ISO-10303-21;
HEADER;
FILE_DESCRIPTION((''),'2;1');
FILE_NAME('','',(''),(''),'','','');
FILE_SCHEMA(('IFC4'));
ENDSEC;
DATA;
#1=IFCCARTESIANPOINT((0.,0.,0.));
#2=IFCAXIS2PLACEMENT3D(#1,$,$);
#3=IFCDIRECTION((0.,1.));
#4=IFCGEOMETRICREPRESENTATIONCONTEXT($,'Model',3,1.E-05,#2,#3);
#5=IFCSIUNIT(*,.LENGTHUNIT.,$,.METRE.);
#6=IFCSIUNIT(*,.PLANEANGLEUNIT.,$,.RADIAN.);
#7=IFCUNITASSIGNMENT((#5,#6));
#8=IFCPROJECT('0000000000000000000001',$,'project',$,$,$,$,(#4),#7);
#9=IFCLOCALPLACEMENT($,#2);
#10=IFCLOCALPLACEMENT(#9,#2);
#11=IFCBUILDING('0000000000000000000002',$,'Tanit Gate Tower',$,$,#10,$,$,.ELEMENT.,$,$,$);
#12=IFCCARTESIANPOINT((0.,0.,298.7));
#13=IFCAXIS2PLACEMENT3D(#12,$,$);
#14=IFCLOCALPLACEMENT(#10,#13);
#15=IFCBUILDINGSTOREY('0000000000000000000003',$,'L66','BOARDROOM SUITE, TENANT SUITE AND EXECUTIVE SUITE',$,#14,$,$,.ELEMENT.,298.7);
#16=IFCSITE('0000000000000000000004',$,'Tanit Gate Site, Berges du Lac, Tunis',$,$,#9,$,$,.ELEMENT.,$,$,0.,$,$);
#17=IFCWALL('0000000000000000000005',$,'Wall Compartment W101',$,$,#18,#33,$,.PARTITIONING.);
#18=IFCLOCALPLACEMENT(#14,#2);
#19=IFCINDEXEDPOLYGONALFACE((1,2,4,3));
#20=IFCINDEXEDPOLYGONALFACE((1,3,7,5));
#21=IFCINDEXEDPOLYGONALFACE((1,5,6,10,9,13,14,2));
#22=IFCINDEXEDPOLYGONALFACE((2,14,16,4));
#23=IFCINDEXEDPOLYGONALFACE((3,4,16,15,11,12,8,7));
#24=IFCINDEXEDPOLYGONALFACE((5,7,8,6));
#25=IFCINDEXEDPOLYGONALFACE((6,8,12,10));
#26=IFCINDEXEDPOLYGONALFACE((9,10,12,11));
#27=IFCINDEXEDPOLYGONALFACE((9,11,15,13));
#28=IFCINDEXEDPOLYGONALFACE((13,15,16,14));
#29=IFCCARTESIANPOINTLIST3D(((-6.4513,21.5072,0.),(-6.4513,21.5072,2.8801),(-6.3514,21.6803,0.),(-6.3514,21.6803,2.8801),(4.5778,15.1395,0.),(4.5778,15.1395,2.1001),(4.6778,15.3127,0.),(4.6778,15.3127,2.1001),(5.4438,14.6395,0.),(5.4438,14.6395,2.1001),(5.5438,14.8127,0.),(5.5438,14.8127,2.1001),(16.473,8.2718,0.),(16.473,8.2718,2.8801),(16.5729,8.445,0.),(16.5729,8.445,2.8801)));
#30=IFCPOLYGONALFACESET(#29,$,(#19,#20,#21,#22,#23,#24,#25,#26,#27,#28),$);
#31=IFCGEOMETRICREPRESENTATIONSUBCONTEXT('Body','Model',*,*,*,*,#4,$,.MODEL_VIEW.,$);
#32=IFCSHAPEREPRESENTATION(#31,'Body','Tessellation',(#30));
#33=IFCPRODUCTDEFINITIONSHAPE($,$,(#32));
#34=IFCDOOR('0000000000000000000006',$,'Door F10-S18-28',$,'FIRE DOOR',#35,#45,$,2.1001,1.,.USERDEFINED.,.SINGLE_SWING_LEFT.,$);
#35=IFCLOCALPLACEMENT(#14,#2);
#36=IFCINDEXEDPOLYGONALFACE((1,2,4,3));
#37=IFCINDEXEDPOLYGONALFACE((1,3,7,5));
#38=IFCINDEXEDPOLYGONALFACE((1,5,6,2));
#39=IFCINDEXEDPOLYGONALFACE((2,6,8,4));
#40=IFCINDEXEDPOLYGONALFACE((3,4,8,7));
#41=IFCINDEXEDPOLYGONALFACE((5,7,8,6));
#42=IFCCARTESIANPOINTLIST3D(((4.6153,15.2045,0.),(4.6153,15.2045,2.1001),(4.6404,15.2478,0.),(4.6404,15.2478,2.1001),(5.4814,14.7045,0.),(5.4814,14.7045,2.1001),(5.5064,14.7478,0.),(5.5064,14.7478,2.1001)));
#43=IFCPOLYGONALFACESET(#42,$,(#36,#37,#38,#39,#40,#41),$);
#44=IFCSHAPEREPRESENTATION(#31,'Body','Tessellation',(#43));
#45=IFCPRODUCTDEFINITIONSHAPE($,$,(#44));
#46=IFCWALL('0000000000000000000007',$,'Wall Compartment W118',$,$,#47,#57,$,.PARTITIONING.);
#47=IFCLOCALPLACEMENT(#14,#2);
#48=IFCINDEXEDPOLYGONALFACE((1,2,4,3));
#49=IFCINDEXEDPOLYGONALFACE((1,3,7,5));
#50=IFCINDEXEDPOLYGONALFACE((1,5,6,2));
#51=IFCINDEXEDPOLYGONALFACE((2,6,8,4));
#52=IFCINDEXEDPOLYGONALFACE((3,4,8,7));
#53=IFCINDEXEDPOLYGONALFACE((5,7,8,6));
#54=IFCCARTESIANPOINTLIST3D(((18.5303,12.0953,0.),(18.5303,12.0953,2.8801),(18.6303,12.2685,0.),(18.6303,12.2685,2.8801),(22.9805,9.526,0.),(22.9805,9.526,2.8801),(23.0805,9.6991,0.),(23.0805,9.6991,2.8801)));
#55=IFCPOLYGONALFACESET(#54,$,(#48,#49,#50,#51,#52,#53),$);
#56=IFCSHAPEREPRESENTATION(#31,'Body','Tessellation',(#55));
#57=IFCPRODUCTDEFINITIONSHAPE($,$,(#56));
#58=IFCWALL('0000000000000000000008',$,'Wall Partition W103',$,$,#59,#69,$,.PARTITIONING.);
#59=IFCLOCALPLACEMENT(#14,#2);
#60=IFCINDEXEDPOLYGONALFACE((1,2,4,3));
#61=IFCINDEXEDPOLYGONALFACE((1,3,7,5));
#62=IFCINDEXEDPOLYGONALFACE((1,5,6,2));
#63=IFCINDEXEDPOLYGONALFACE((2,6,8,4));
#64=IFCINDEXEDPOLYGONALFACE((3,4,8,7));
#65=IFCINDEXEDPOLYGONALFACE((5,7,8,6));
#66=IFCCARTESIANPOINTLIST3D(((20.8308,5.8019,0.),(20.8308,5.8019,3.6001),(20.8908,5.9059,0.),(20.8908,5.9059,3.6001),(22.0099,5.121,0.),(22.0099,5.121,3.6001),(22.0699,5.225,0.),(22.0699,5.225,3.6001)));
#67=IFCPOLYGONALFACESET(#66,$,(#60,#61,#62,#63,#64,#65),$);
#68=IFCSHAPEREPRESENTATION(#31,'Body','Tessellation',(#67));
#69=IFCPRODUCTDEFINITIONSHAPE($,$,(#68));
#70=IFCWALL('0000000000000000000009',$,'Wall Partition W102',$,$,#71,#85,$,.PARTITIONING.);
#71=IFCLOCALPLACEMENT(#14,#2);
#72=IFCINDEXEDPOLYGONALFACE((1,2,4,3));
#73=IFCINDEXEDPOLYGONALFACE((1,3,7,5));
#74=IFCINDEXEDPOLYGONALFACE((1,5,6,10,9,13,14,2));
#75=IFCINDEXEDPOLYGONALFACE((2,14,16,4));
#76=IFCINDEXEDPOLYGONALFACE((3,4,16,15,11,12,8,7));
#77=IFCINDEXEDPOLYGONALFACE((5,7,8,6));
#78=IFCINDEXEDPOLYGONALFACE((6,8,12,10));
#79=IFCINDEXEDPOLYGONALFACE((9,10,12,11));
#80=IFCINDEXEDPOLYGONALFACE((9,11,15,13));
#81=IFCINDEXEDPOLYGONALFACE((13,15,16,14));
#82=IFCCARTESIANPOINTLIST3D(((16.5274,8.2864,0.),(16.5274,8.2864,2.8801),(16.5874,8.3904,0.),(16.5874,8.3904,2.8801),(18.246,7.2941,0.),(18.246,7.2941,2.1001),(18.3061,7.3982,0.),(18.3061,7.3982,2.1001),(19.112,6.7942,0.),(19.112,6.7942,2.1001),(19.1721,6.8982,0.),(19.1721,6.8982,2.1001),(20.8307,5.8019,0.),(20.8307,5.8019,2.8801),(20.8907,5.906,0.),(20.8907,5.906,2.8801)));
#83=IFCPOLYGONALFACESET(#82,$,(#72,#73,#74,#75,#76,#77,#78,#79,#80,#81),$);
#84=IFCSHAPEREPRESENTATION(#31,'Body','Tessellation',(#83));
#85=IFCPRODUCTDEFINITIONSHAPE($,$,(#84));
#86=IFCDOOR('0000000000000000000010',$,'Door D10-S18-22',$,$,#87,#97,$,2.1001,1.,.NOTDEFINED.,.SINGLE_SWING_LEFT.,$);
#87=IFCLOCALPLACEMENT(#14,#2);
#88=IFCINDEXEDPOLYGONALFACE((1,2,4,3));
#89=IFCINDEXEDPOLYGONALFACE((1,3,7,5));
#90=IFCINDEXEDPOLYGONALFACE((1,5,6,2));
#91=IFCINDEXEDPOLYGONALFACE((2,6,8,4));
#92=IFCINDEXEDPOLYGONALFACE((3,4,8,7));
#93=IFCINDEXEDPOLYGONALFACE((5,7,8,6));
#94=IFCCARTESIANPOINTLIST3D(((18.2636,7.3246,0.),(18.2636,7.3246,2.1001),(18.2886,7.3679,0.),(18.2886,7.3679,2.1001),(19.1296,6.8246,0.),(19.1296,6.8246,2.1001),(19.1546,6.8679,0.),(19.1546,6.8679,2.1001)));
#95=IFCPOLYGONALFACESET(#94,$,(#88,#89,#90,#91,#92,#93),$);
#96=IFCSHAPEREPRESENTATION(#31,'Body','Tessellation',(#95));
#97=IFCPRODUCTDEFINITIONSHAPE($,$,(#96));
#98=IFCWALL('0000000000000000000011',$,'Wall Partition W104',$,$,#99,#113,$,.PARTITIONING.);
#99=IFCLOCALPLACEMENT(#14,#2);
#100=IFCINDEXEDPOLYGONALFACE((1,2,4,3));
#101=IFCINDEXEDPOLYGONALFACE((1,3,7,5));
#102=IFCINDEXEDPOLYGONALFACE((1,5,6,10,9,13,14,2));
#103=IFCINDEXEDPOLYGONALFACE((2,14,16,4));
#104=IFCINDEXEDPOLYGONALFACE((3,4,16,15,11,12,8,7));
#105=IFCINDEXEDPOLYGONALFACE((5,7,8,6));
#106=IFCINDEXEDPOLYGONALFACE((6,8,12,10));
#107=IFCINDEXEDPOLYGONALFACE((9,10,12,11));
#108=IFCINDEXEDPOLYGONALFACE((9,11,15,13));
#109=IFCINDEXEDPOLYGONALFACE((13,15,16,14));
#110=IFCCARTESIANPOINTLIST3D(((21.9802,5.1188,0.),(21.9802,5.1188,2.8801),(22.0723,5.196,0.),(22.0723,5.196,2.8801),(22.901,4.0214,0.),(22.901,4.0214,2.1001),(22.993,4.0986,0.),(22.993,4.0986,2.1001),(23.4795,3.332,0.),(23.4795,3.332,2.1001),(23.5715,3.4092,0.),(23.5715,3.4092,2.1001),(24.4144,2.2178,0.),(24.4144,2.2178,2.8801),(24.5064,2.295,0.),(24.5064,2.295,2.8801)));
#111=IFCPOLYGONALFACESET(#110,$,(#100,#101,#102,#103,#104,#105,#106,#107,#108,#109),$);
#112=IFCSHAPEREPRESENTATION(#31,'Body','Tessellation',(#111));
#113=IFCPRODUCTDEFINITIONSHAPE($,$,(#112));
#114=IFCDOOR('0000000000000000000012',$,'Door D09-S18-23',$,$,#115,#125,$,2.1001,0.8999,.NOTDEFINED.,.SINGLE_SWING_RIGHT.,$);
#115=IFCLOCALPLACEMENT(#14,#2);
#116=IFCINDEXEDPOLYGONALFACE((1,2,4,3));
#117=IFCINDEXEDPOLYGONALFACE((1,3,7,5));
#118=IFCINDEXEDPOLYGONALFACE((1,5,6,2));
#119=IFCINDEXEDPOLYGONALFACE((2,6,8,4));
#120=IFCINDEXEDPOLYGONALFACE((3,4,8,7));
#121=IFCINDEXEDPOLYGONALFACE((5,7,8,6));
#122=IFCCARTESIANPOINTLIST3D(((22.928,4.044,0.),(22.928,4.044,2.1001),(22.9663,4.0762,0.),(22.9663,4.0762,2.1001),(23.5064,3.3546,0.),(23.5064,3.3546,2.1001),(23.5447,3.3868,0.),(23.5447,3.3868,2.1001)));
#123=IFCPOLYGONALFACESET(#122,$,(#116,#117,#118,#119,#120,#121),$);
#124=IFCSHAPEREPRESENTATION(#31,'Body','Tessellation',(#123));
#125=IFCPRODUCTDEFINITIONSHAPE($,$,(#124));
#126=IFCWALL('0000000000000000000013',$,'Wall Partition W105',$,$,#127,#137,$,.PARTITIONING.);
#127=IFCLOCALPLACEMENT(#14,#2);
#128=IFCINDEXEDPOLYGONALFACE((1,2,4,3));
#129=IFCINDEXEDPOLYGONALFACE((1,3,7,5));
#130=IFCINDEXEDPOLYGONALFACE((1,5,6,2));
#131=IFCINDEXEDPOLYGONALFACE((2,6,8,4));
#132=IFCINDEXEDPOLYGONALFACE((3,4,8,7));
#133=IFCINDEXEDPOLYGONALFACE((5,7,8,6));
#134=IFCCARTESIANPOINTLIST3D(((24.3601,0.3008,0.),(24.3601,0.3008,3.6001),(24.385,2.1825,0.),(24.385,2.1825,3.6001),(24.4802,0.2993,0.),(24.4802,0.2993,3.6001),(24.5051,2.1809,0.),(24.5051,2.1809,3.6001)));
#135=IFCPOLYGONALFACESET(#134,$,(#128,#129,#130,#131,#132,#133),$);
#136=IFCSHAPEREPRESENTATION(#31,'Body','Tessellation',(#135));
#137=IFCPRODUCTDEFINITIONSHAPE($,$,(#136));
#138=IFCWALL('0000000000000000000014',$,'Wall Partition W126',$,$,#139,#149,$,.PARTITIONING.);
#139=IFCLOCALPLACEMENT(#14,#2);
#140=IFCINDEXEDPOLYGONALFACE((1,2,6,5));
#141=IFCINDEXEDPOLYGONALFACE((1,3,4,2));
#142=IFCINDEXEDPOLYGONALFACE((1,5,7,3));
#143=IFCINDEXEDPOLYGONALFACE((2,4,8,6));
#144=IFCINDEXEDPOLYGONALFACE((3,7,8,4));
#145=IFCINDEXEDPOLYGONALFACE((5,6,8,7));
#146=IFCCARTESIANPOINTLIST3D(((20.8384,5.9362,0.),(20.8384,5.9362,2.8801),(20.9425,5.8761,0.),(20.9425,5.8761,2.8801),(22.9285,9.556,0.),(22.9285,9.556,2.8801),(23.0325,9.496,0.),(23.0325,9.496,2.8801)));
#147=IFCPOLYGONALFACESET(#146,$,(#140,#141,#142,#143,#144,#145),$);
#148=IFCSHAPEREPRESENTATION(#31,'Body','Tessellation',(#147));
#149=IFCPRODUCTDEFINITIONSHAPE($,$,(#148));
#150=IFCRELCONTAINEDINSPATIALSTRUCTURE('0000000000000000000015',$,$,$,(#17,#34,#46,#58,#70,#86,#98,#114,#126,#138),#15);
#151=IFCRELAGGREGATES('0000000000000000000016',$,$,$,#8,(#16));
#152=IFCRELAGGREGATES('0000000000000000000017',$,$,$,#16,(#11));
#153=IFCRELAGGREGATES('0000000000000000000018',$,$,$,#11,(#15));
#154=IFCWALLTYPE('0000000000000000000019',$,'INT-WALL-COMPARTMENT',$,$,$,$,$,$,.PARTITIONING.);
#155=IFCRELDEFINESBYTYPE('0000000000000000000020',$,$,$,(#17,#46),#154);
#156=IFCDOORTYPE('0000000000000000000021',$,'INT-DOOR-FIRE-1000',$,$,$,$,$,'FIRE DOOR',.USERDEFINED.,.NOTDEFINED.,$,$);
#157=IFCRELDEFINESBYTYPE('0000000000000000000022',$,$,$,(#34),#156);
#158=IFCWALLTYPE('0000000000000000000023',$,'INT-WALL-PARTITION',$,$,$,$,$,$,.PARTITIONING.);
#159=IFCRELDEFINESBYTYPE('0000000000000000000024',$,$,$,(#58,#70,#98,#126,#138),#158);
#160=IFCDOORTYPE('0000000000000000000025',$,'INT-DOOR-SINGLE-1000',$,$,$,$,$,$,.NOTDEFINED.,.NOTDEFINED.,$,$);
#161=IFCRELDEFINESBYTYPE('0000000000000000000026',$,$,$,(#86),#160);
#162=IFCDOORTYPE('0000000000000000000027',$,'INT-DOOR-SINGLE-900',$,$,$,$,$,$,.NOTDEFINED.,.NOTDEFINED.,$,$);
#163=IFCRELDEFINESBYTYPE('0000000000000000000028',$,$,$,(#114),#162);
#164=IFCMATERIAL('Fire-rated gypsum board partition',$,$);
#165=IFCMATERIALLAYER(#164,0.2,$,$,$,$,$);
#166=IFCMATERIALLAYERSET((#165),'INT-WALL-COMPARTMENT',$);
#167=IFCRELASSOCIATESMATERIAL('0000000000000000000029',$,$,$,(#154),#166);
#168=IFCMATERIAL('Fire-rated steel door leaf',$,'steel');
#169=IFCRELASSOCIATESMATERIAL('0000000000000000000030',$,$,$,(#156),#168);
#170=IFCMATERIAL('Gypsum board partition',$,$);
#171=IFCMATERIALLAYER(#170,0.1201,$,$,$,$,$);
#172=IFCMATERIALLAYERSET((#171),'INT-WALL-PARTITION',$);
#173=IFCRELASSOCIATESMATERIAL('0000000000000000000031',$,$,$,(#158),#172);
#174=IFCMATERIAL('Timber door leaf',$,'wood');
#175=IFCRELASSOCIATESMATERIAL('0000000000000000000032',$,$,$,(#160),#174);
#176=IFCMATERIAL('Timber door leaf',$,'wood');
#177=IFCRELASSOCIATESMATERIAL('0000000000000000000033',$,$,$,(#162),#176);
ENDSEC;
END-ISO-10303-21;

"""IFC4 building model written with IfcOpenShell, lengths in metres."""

from ifc_helpers import new_model, si_unit, direction, frame, frame_2d, origin, place, context, subcontext, project, spatial, rectangle, extrude, material, layer, layer_set, type_object, element, fill, save


model = new_model("IFC4")

# Units and contexts
model_context = context("Model", 3, precision=1e-05, world=origin(), true_north=direction((0.0, 1.0)))
body_context = subcontext(model_context, "Body", "Model", "MODEL_VIEW")
ifc_project = project(units=[si_unit("LENGTHUNIT", "METRE"), si_unit("PLANEANGLEUNIT", "RADIAN")], contexts=[model_context])

# Site, building, storey
site_placement = place(None, origin())
site = spatial("IfcSite", under=ifc_project, at=site_placement, Name="Tanit Gate Site, Berges du Lac, Tunis", CompositionType="ELEMENT", RefElevation=0.0)
building_placement = place(site_placement, origin())
building = spatial("IfcBuilding", under=site, at=building_placement, Name="Tanit Gate Tower", CompositionType="ELEMENT")
storey_placement = place(building_placement, frame((0.0, 0.0, 298.7)))
storey = spatial("IfcBuildingStorey", under=building, at=storey_placement, Name="L66", Description="BOARDROOM SUITE, TENANT SUITE AND EXECUTIVE SUITE", CompositionType="ELEMENT", Elevation=298.7)

# Wall, opening, door
ifc_material_1 = material(Name="Fire-rated gypsum board partition")
ifc_layer_1 = layer(ifc_material_1, 0.2)
ifc_layer_set_1 = layer_set([ifc_layer_1], Name="INT-WALL-COMPARTMENT")
wall_type_1 = type_object("IfcWallType", Name="INT-WALL-COMPARTMENT", PredefinedType="PARTITIONING", material=ifc_layer_set_1)
wall_1_placement = place(storey_placement, frame((16.5229, 8.3584, 0.0), z_axis=(0.0, 0.0, 1.0), x_axis=(-0.866026, 0.5, 0.0)))
wall_1 = element("IfcWall", 1, at=wall_1_placement, inside=storey, type_object=wall_type_1, Name="Wall Compartment W101", PredefinedType="PARTITIONING", context=body_context, shape_type="SweptSolid", body=[
    extrude(rectangle(XDim=26.4707, YDim=0.2, at=frame_2d((13.2354, 0.0))), origin(), (0.0, 0.0, 1.0), 2.8801),
])
opening_1_placement = place(wall_1_placement, frame((12.7354, 0.0, 0.0)))
opening_1 = element("IfcOpeningElement", 2, at=opening_1_placement, cuts=wall_1, PredefinedType="OPENING", context=body_context, shape_type="SweptSolid", body=[
    extrude(rectangle(XDim=1.0, YDim=2.1001, at=frame_2d((0.5, 1.05))), frame((0.0, 0.1099, 0.0), z_axis=(0.0, -1.0, 0.0), x_axis=(1.0, 0.0, 0.0)), (0.0, 0.0, 1.0), 0.22),
])
ifc_material_2 = material(Name="Fire-rated steel door leaf", Category="steel")
door_type_1 = type_object("IfcDoorType", Name="INT-DOOR-FIRE-1000", ElementType="FIRE DOOR", OperationType="NOTDEFINED", PredefinedType="USERDEFINED", material=ifc_material_2)
door_1_placement = place(opening_1_placement, origin())
door_1 = element("IfcDoor", 3, at=door_1_placement, inside=storey, type_object=door_type_1, Name="Door F10-S18-28", ObjectType="FIRE DOOR", OperationType="SINGLE_SWING_LEFT", OverallHeight=2.1001, OverallWidth=1.0, PredefinedType="USERDEFINED", context=body_context, shape_type="SweptSolid", body=[
    extrude(rectangle(XDim=1.0, YDim=2.1001, at=frame_2d((0.5, 1.05))), frame((0.0, 0.0249, 0.0), z_axis=(0.0, -1.0, 0.0), x_axis=(1.0, 0.0, 0.0)), (0.0, 0.0, 1.0), 0.05),
])
fill(opening_1, door_1)

# Walls
wall_2_placement = place(storey_placement, frame((23.0305, 9.6125, 0.0), z_axis=(0.0, 0.0, 1.0), x_axis=(-0.866024, 0.500002, 0.0)))
element("IfcWall", 4, at=wall_2_placement, inside=storey, type_object=wall_type_1, Name="Wall Compartment W118", PredefinedType="PARTITIONING", context=body_context, shape_type="SweptSolid", body=[
    extrude(rectangle(XDim=5.1387, YDim=0.2, at=frame_2d((2.5693, 0.0))), origin(), (0.0, 0.0, 1.0), 2.8801),
])
ifc_material_3 = material(Name="Gypsum board partition")
ifc_layer_2 = layer(ifc_material_3, 0.1201)
ifc_layer_set_2 = layer_set([ifc_layer_2], Name="INT-WALL-PARTITION")
wall_type_2 = type_object("IfcWallType", Name="INT-WALL-PARTITION", PredefinedType="PARTITIONING", material=ifc_layer_set_2)
wall_3_placement = place(storey_placement, frame((22.0398, 5.1731, 0.0), z_axis=(0.0, 0.0, 1.0), x_axis=(-0.865994, 0.500054, 0.0)))
element("IfcWall", 5, at=wall_3_placement, inside=storey, type_object=wall_type_2, Name="Wall Partition W103", PredefinedType="PARTITIONING", context=body_context, shape_type="SweptSolid", body=[
    extrude(rectangle(XDim=1.3616, YDim=0.1201, at=frame_2d((0.6807, 0.0))), origin(), (0.0, 0.0, 1.0), 3.6001),
])

# Walls, openings, doors
wall_4_placement = place(storey_placement, frame((20.8606, 5.854, 0.0), z_axis=(0.0, 0.0, 1.0), x_axis=(-0.866033, 0.499986, 0.0)))
wall_4 = element("IfcWall", 6, at=wall_4_placement, inside=storey, type_object=wall_type_2, Name="Wall Partition W102", PredefinedType="PARTITIONING", context=body_context, shape_type="SweptSolid", body=[
    extrude(rectangle(XDim=4.969, YDim=0.1201, at=frame_2d((2.4844, 0.0))), origin(), (0.0, 0.0, 1.0), 2.8801),
])
opening_2_placement = place(wall_4_placement, frame((1.9844, 0.0, 0.0)))
opening_2 = element("IfcOpeningElement", 7, at=opening_2_placement, cuts=wall_4, PredefinedType="OPENING", context=body_context, shape_type="SweptSolid", body=[
    extrude(rectangle(XDim=1.0, YDim=2.1001, at=frame_2d((0.5, 1.05))), frame((0.0, 0.0701, 0.0), z_axis=(0.0, -1.0, 0.0), x_axis=(1.0, 0.0, 0.0)), (0.0, 0.0, 1.0), 0.1401),
])
ifc_material_4 = material(Name="Timber door leaf", Category="wood")
door_type_2 = type_object("IfcDoorType", Name="INT-DOOR-SINGLE-1000", OperationType="NOTDEFINED", PredefinedType="NOTDEFINED", material=ifc_material_4)
door_2_placement = place(opening_2_placement, origin())
door_2 = element("IfcDoor", 8, at=door_2_placement, inside=storey, type_object=door_type_2, Name="Door D10-S18-22", OperationType="SINGLE_SWING_LEFT", OverallHeight=2.1001, OverallWidth=1.0, PredefinedType="NOTDEFINED", context=body_context, shape_type="SweptSolid", body=[
    extrude(rectangle(XDim=1.0, YDim=2.1001, at=frame_2d((0.5, 1.05))), frame((0.0, 0.0249, 0.0), z_axis=(0.0, -1.0, 0.0), x_axis=(1.0, 0.0, 0.0)), (0.0, 0.0, 1.0), 0.05),
])
fill(opening_2, door_2)
wall_5_placement = place(storey_placement, frame((24.4604, 2.2563, 0.0), z_axis=(0.0, 0.0, 1.0), x_axis=(-0.642781, 0.76605, 0.0)))
wall_5 = element("IfcWall", 9, at=wall_5_placement, inside=storey, type_object=wall_type_2, Name="Wall Partition W104", PredefinedType="PARTITIONING", context=body_context, shape_type="SweptSolid", body=[
    extrude(rectangle(XDim=3.7869, YDim=0.1201, at=frame_2d((1.8936, 0.0))), origin(), (0.0, 0.0, 1.0), 2.8801),
])
opening_3_placement = place(wall_5_placement, frame((1.4546, 0.0, 0.0)))
opening_3 = element("IfcOpeningElement", 10, at=opening_3_placement, cuts=wall_5, PredefinedType="OPENING", context=body_context, shape_type="SweptSolid", body=[
    extrude(rectangle(XDim=0.8999, YDim=2.1001, at=frame_2d((0.45, 1.05))), frame((0.0, 0.0701, 0.0), z_axis=(0.0, -1.0, 0.0), x_axis=(1.0, 0.0, 0.0)), (0.0, 0.0, 1.0), 0.1401),
])
ifc_material_5 = material(Name="Timber door leaf", Category="wood")
door_type_3 = type_object("IfcDoorType", Name="INT-DOOR-SINGLE-900", OperationType="NOTDEFINED", PredefinedType="NOTDEFINED", material=ifc_material_5)
door_3_placement = place(opening_3_placement, origin())
door_3 = element("IfcDoor", 11, at=door_3_placement, inside=storey, type_object=door_type_3, Name="Door D09-S18-23", OperationType="SINGLE_SWING_RIGHT", OverallHeight=2.1001, OverallWidth=0.8999, PredefinedType="NOTDEFINED", context=body_context, shape_type="SweptSolid", body=[
    extrude(rectangle(XDim=0.8999, YDim=2.1001, at=frame_2d((0.45, 1.05))), frame((0.0, 0.0249, 0.0), z_axis=(0.0, -1.0, 0.0), x_axis=(1.0, 0.0, 0.0)), (0.0, 0.0, 1.0), 0.05),
])
fill(opening_3, door_3)

# Walls
wall_6_placement = place(storey_placement, frame((24.4202, 0.3, 0.0), z_axis=(0.0, 0.0, 1.0), x_axis=(0.013234, 0.999912, 0.0)))
element("IfcWall", 12, at=wall_6_placement, inside=storey, type_object=wall_type_2, Name="Wall Partition W105", PredefinedType="PARTITIONING", context=body_context, shape_type="SweptSolid", body=[
    extrude(rectangle(XDim=1.8818, YDim=0.1201, at=frame_2d((0.9409, 0.0))), origin(), (0.0, 0.0, 1.0), 3.6001),
])
wall_7_placement = place(storey_placement, frame((22.9805, 9.5259, 0.0), z_axis=(0.0, 0.0, 1.0), x_axis=(-0.500027, -0.86601, 0.0)))
element("IfcWall", 13, at=wall_7_placement, inside=storey, type_object=wall_type_2, Name="Wall Partition W126", PredefinedType="PARTITIONING", context=body_context, shape_type="SweptSolid", body=[
    extrude(rectangle(XDim=4.1799, YDim=0.1201, at=frame_2d((2.0898, 0.0))), origin(), (0.0, 0.0, 1.0), 2.8801),
])

save(model, "model.ifc")
